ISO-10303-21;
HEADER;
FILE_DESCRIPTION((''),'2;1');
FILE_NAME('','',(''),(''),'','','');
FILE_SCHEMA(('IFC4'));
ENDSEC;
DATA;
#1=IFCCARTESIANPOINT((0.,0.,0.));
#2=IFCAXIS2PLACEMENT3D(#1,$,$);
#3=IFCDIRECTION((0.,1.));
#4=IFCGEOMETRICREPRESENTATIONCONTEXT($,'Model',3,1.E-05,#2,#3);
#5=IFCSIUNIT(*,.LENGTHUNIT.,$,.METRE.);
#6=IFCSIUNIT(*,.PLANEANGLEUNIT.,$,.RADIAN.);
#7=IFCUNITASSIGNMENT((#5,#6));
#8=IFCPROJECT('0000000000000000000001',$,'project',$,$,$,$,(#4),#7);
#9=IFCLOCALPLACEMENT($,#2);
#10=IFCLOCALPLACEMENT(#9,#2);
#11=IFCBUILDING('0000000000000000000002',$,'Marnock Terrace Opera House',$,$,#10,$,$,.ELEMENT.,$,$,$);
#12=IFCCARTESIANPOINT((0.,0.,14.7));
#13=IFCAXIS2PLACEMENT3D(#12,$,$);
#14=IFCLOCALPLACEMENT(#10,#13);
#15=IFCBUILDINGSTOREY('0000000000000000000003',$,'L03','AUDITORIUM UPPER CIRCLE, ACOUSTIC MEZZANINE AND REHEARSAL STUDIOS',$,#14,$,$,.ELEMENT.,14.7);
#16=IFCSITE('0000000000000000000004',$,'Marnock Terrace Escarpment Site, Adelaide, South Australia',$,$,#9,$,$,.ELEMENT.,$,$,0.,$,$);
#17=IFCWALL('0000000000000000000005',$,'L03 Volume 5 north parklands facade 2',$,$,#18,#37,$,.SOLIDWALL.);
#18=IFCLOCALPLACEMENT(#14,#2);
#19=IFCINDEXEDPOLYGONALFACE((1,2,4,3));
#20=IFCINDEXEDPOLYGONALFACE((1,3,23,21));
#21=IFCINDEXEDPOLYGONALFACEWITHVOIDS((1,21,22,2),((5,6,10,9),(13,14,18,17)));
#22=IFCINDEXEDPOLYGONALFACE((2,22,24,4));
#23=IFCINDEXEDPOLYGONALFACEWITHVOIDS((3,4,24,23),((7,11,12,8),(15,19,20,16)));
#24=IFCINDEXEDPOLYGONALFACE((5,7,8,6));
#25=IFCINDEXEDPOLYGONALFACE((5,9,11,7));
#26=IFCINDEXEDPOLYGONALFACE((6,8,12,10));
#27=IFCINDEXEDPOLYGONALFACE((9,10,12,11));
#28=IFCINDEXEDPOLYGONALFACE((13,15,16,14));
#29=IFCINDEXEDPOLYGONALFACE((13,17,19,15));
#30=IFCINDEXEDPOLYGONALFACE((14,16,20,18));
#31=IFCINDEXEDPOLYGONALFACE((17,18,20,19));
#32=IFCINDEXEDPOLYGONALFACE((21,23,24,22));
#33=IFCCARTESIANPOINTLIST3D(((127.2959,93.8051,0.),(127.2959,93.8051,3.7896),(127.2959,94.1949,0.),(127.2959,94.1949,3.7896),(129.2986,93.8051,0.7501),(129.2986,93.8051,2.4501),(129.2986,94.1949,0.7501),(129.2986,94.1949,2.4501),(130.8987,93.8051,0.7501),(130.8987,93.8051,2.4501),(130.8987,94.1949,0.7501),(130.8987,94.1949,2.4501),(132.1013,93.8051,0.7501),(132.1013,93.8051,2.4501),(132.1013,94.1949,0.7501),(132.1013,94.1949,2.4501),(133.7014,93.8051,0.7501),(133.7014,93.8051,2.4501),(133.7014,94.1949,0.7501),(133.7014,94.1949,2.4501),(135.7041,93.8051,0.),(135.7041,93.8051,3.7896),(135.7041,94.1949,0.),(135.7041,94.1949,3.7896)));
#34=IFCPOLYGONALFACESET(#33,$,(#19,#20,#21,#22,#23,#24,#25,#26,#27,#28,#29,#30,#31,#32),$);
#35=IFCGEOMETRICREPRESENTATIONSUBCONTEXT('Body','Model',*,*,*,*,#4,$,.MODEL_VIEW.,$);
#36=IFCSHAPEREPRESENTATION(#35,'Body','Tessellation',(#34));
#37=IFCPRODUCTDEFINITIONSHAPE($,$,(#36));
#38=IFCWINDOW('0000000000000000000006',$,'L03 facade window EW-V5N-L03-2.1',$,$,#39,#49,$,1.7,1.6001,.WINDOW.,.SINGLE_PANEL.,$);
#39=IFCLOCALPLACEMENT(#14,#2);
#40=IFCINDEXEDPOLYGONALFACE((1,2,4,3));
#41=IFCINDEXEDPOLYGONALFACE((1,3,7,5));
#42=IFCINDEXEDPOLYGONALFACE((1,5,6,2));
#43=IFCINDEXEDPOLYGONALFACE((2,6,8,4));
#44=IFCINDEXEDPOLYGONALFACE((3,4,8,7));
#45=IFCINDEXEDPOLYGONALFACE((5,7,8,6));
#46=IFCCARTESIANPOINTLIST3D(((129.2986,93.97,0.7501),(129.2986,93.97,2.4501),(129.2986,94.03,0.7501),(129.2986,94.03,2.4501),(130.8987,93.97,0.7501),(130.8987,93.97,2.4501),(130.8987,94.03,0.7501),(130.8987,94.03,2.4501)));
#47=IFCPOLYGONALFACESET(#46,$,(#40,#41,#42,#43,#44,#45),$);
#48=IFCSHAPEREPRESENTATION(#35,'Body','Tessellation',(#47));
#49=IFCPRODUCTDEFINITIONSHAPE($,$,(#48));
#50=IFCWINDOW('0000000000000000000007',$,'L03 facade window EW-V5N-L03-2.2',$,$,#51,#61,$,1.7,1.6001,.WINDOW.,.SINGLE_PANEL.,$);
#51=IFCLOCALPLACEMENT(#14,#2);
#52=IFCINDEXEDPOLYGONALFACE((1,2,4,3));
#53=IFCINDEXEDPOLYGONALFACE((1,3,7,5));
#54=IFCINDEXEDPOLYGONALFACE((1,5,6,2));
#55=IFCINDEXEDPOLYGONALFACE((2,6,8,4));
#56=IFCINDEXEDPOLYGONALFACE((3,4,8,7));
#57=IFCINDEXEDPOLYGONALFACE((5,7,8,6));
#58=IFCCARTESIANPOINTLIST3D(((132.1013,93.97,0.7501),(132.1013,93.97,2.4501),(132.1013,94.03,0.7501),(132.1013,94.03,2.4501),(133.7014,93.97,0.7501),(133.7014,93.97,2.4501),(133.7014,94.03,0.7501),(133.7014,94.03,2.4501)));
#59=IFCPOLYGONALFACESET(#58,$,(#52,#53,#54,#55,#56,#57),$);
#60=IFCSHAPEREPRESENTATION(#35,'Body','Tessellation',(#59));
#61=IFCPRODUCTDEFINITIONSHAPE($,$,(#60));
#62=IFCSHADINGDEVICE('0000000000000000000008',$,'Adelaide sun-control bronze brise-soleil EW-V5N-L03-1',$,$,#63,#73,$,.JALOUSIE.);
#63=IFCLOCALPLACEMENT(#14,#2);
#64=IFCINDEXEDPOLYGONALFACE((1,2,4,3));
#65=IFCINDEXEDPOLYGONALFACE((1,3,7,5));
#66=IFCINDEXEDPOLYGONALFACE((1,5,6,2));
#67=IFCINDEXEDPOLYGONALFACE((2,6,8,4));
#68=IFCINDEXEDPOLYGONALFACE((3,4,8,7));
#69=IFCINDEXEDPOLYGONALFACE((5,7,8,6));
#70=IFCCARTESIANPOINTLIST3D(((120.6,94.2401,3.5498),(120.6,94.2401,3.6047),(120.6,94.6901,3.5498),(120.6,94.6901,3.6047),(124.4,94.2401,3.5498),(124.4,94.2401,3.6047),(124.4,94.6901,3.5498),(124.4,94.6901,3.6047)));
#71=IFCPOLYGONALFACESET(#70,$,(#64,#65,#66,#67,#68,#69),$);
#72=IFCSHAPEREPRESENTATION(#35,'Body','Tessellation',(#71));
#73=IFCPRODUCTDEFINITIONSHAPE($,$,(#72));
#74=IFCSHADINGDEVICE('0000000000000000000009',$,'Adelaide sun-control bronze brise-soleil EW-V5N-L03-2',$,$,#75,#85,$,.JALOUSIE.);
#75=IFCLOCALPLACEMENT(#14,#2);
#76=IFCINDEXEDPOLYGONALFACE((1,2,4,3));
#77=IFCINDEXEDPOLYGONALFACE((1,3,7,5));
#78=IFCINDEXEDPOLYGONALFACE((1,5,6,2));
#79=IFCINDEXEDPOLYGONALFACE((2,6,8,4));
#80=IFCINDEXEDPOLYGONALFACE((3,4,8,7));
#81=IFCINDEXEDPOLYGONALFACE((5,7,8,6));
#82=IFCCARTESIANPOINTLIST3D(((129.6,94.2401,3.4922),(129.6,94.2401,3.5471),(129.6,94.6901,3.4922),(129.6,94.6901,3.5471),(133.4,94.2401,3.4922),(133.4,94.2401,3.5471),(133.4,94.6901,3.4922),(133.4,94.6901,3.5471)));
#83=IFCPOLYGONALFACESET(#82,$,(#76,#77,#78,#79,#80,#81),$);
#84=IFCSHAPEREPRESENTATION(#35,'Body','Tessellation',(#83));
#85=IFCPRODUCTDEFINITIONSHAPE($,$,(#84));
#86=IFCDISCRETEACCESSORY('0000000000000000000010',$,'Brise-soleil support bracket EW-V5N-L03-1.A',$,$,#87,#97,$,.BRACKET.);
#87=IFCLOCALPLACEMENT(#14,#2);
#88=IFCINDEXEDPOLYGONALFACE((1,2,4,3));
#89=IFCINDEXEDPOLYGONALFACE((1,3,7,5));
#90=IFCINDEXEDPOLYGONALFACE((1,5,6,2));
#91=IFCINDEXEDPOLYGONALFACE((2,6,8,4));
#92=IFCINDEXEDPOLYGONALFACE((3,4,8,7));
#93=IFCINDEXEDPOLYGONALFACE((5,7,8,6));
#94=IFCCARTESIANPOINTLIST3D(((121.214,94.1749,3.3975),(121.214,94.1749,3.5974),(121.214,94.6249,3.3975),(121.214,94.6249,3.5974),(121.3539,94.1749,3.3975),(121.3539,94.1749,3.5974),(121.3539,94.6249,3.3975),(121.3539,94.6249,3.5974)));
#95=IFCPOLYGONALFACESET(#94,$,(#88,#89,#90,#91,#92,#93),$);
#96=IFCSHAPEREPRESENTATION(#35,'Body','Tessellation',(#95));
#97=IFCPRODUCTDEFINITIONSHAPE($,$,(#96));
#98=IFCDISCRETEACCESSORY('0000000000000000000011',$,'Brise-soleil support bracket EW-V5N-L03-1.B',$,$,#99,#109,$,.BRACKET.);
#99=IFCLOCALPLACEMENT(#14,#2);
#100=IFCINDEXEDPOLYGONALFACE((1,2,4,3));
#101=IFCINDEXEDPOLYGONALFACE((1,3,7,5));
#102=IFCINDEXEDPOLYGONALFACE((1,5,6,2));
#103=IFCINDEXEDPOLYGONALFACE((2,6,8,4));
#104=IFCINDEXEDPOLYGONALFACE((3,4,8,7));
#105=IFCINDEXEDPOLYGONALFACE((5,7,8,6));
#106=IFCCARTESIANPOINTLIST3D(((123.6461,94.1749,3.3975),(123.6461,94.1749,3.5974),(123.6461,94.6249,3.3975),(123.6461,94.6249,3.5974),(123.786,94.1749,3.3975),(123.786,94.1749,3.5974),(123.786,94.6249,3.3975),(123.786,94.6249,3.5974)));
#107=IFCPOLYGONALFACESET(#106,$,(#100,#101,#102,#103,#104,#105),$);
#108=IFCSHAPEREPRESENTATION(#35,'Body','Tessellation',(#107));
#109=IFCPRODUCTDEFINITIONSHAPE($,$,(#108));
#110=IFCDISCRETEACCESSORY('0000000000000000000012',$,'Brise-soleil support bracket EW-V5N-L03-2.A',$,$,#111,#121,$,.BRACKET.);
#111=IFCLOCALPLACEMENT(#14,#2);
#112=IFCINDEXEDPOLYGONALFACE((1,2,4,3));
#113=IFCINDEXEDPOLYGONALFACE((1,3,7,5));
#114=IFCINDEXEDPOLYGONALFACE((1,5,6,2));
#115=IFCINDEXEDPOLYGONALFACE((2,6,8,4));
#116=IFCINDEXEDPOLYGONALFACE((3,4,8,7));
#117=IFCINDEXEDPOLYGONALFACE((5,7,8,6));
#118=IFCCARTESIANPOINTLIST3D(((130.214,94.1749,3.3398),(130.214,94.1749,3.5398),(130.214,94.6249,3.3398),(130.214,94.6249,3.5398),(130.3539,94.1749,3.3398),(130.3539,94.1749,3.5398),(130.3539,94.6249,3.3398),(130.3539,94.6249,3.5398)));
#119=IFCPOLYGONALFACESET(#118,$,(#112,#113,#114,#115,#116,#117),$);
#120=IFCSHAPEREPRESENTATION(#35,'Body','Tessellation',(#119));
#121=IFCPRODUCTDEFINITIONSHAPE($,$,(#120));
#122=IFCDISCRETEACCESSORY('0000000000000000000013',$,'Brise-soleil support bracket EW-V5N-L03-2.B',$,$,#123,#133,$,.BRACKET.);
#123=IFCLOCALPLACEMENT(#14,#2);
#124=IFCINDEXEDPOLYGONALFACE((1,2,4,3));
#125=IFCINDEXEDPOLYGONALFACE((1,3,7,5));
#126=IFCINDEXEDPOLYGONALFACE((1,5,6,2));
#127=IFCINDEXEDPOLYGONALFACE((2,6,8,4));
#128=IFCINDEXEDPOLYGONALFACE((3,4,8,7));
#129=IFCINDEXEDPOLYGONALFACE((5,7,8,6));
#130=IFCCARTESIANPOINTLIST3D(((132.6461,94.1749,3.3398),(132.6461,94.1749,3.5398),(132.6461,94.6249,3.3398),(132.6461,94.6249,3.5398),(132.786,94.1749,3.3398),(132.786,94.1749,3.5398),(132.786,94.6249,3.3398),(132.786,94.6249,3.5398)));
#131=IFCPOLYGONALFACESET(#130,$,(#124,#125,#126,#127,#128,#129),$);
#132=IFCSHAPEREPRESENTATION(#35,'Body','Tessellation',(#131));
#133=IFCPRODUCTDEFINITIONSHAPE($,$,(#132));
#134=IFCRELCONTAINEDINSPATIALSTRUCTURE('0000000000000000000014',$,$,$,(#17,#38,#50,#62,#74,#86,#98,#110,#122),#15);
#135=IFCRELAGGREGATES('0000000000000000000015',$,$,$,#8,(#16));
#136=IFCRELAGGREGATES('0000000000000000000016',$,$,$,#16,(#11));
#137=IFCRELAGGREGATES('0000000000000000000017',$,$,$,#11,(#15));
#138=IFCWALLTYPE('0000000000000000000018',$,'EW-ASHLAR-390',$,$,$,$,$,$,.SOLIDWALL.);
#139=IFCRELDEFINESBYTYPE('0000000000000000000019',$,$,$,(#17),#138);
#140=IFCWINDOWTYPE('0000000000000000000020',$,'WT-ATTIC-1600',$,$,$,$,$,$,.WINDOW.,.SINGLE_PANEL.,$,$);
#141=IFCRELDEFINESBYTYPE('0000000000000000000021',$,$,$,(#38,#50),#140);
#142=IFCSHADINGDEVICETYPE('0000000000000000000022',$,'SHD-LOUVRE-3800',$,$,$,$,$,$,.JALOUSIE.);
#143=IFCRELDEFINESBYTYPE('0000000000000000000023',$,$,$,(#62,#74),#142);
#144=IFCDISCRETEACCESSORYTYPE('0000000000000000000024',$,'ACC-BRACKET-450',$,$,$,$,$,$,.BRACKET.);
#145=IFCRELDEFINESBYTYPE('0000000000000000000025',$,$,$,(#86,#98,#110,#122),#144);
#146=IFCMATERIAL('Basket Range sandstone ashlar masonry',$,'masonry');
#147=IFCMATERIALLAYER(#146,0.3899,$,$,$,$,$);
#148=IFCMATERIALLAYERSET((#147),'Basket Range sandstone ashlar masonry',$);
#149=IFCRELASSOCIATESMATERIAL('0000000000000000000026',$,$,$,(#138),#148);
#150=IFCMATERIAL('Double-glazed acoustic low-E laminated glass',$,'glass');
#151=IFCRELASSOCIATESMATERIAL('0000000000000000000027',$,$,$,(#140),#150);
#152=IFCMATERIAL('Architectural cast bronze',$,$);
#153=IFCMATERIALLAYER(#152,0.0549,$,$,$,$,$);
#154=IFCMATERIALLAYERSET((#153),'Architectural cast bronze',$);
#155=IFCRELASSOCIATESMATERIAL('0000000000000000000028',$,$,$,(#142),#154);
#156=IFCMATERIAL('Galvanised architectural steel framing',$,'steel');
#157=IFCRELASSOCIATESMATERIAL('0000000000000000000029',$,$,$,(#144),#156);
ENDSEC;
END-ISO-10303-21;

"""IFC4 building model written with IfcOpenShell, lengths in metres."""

from ifc_helpers import new_model, si_unit, direction, frame, frame_2d, origin, origin_2d, place, context, subcontext, project, spatial, rectangle, extrude, material, layer, layer_set, type_object, element, fill, save


model = new_model("IFC4")

# Units and contexts
model_context = context("Model", 3, precision=1e-05, world=origin(), true_north=direction((0.0, 1.0)))
body_context = subcontext(model_context, "Body", "Model", "MODEL_VIEW")
ifc_project = project(units=[si_unit("LENGTHUNIT", "METRE"), si_unit("PLANEANGLEUNIT", "RADIAN")], contexts=[model_context])

# Site, building, storey
site_placement = place(None, origin())
site = spatial("IfcSite", under=ifc_project, at=site_placement, Name="Marnock Terrace Escarpment Site, Adelaide, South Australia", CompositionType="ELEMENT", RefElevation=0.0)
building_placement = place(site_placement, origin())
building = spatial("IfcBuilding", under=site, at=building_placement, Name="Marnock Terrace Opera House", CompositionType="ELEMENT")
storey_placement = place(building_placement, frame((0.0, 0.0, 14.7)))
storey = spatial("IfcBuildingStorey", under=building, at=storey_placement, Name="L03", Description="AUDITORIUM UPPER CIRCLE, ACOUSTIC MEZZANINE AND REHEARSAL STUDIOS", CompositionType="ELEMENT", Elevation=14.7)

# Wall, openings, windows
ifc_material_1 = material(Name="Basket Range sandstone ashlar masonry", Category="masonry")
ifc_layer_1 = layer(ifc_material_1, 0.3899)
ifc_layer_set_1 = layer_set([ifc_layer_1], Name="Basket Range sandstone ashlar masonry")
wall_type = type_object("IfcWallType", Name="EW-ASHLAR-390", PredefinedType="SOLIDWALL", material=ifc_layer_set_1)
wall_placement = place(storey_placement, frame((127.2959, 94.0, 0.0), z_axis=(0.0, 0.0, 1.0), x_axis=(1.0, 0.0, 0.0)))
wall = element("IfcWall", 1, at=wall_placement, inside=storey, type_object=wall_type, Name="L03 Volume 5 north parklands facade 2", PredefinedType="SOLIDWALL", context=body_context, shape_type="SweptSolid", body=[
    extrude(rectangle(XDim=8.4082, YDim=0.3899, at=frame_2d((4.2041, 0.0))), origin(), (0.0, 0.0, 1.0), 3.7896),
])
opening_1_placement = place(wall_placement, frame((2.0027, 0.0, 0.75)))
opening_1 = element("IfcOpeningElement", 2, at=opening_1_placement, cuts=wall, PredefinedType="OPENING", context=body_context, shape_type="SweptSolid", body=[
    extrude(rectangle(XDim=1.6001, YDim=1.7, at=frame_2d((0.8, 0.8501))), frame((0.0, 0.2048, 0.0), z_axis=(0.0, -1.0, 0.0), x_axis=(1.0, 0.0, 0.0)), (0.0, 0.0, 1.0), 0.4099),
])
opening_2_placement = place(wall_placement, frame((4.8054, 0.0, 0.75)))
opening_2 = element("IfcOpeningElement", 3, at=opening_2_placement, cuts=wall, PredefinedType="OPENING", context=body_context, shape_type="SweptSolid", body=[
    extrude(rectangle(XDim=1.6001, YDim=1.7, at=frame_2d((0.8, 0.8501))), frame((0.0, 0.2048, 0.0), z_axis=(0.0, -1.0, 0.0), x_axis=(1.0, 0.0, 0.0)), (0.0, 0.0, 1.0), 0.4099),
])
ifc_material_2 = material(Name="Double-glazed acoustic low-E laminated glass", Category="glass")
window_type = type_object("IfcWindowType", Name="WT-ATTIC-1600", PartitioningType="SINGLE_PANEL", PredefinedType="WINDOW", material=ifc_material_2)
window_1_placement = place(opening_1_placement, origin())
window_1 = element("IfcWindow", 4, at=window_1_placement, inside=storey, type_object=window_type, Name="L03 facade window EW-V5N-L03-2.1", OverallHeight=1.7, OverallWidth=1.6001, PartitioningType="SINGLE_PANEL", PredefinedType="WINDOW", context=body_context, shape_type="SweptSolid", body=[
    extrude(rectangle(XDim=1.6001, YDim=1.7, at=frame_2d((0.8, 0.8501))), frame((0.0, 0.03, 0.0), z_axis=(0.0, -1.0, 0.0), x_axis=(1.0, 0.0, 0.0)), (0.0, 0.0, 1.0), 0.0601),
])
fill(opening_1, window_1)
window_2_placement = place(opening_2_placement, origin())
window_2 = element("IfcWindow", 5, at=window_2_placement, inside=storey, type_object=window_type, Name="L03 facade window EW-V5N-L03-2.2", OverallHeight=1.7, OverallWidth=1.6001, PartitioningType="SINGLE_PANEL", PredefinedType="WINDOW", context=body_context, shape_type="SweptSolid", body=[
    extrude(rectangle(XDim=1.6001, YDim=1.7, at=frame_2d((0.8, 0.8501))), frame((0.0, 0.03, 0.0), z_axis=(0.0, -1.0, 0.0), x_axis=(1.0, 0.0, 0.0)), (0.0, 0.0, 1.0), 0.0601),
])
fill(opening_2, window_2)

# Shading devices
ifc_material_3 = material(Name="Architectural cast bronze")
ifc_layer_2 = layer(ifc_material_3, 0.0549)
ifc_layer_set_2 = layer_set([ifc_layer_2], Name="Architectural cast bronze")
shading_device_type = type_object("IfcShadingDeviceType", Name="SHD-LOUVRE-3800", PredefinedType="JALOUSIE", material=ifc_layer_set_2)
for number, where, z_axis, x_axis, name in (
    (6, (122.5, 94.4651, 3.5498), (0.0, 0.0, 1.0), (1.0, 0.0, 0.0), "Adelaide sun-control bronze brise-soleil EW-V5N-L03-1"),
    (7, (131.5, 94.4651, 3.4922), (0.0, 0.0, 1.0), (1.0, 0.0, 0.0), "Adelaide sun-control bronze brise-soleil EW-V5N-L03-2"),
):
    element("IfcShadingDevice", number, at=place(storey_placement, frame(where, z_axis=z_axis, x_axis=x_axis)), inside=storey, type_object=shading_device_type, Name=name, PredefinedType="JALOUSIE", context=body_context, shape_type="SweptSolid", body=[
        extrude(rectangle(XDim=3.8, YDim=0.45, at=origin_2d()), origin(), (0.0, 0.0, 1.0), 0.0549),
    ])

# Discrete accessories
ifc_material_4 = material(Name="Galvanised architectural steel framing", Category="steel")
discrete_accessory_type = type_object("IfcDiscreteAccessoryType", Name="ACC-BRACKET-450", PredefinedType="BRACKET", material=ifc_material_4)
for number, where, z_axis, x_axis, name in (
    (8, (121.2839, 94.3999, 3.3975), (0.0, 0.0, 1.0), (1.0, 0.0, 0.0), "Brise-soleil support bracket EW-V5N-L03-1.A"),
    (9, (123.7161, 94.3999, 3.3975), (0.0, 0.0, 1.0), (1.0, 0.0, 0.0), "Brise-soleil support bracket EW-V5N-L03-1.B"),
    (10, (130.2839, 94.3999, 3.3398), (0.0, 0.0, 1.0), (1.0, 0.0, 0.0), "Brise-soleil support bracket EW-V5N-L03-2.A"),
    (11, (132.7161, 94.3999, 3.3398), (0.0, 0.0, 1.0), (1.0, 0.0, 0.0), "Brise-soleil support bracket EW-V5N-L03-2.B"),
):
    element("IfcDiscreteAccessory", number, at=place(storey_placement, frame(where, z_axis=z_axis, x_axis=x_axis)), inside=storey, type_object=discrete_accessory_type, Name=name, PredefinedType="BRACKET", context=body_context, shape_type="SweptSolid", body=[
        extrude(rectangle(XDim=0.1399, YDim=0.45, at=origin_2d()), origin(), (0.0, 0.0, 1.0), 0.2),
    ])

save(model, "model.ifc")
